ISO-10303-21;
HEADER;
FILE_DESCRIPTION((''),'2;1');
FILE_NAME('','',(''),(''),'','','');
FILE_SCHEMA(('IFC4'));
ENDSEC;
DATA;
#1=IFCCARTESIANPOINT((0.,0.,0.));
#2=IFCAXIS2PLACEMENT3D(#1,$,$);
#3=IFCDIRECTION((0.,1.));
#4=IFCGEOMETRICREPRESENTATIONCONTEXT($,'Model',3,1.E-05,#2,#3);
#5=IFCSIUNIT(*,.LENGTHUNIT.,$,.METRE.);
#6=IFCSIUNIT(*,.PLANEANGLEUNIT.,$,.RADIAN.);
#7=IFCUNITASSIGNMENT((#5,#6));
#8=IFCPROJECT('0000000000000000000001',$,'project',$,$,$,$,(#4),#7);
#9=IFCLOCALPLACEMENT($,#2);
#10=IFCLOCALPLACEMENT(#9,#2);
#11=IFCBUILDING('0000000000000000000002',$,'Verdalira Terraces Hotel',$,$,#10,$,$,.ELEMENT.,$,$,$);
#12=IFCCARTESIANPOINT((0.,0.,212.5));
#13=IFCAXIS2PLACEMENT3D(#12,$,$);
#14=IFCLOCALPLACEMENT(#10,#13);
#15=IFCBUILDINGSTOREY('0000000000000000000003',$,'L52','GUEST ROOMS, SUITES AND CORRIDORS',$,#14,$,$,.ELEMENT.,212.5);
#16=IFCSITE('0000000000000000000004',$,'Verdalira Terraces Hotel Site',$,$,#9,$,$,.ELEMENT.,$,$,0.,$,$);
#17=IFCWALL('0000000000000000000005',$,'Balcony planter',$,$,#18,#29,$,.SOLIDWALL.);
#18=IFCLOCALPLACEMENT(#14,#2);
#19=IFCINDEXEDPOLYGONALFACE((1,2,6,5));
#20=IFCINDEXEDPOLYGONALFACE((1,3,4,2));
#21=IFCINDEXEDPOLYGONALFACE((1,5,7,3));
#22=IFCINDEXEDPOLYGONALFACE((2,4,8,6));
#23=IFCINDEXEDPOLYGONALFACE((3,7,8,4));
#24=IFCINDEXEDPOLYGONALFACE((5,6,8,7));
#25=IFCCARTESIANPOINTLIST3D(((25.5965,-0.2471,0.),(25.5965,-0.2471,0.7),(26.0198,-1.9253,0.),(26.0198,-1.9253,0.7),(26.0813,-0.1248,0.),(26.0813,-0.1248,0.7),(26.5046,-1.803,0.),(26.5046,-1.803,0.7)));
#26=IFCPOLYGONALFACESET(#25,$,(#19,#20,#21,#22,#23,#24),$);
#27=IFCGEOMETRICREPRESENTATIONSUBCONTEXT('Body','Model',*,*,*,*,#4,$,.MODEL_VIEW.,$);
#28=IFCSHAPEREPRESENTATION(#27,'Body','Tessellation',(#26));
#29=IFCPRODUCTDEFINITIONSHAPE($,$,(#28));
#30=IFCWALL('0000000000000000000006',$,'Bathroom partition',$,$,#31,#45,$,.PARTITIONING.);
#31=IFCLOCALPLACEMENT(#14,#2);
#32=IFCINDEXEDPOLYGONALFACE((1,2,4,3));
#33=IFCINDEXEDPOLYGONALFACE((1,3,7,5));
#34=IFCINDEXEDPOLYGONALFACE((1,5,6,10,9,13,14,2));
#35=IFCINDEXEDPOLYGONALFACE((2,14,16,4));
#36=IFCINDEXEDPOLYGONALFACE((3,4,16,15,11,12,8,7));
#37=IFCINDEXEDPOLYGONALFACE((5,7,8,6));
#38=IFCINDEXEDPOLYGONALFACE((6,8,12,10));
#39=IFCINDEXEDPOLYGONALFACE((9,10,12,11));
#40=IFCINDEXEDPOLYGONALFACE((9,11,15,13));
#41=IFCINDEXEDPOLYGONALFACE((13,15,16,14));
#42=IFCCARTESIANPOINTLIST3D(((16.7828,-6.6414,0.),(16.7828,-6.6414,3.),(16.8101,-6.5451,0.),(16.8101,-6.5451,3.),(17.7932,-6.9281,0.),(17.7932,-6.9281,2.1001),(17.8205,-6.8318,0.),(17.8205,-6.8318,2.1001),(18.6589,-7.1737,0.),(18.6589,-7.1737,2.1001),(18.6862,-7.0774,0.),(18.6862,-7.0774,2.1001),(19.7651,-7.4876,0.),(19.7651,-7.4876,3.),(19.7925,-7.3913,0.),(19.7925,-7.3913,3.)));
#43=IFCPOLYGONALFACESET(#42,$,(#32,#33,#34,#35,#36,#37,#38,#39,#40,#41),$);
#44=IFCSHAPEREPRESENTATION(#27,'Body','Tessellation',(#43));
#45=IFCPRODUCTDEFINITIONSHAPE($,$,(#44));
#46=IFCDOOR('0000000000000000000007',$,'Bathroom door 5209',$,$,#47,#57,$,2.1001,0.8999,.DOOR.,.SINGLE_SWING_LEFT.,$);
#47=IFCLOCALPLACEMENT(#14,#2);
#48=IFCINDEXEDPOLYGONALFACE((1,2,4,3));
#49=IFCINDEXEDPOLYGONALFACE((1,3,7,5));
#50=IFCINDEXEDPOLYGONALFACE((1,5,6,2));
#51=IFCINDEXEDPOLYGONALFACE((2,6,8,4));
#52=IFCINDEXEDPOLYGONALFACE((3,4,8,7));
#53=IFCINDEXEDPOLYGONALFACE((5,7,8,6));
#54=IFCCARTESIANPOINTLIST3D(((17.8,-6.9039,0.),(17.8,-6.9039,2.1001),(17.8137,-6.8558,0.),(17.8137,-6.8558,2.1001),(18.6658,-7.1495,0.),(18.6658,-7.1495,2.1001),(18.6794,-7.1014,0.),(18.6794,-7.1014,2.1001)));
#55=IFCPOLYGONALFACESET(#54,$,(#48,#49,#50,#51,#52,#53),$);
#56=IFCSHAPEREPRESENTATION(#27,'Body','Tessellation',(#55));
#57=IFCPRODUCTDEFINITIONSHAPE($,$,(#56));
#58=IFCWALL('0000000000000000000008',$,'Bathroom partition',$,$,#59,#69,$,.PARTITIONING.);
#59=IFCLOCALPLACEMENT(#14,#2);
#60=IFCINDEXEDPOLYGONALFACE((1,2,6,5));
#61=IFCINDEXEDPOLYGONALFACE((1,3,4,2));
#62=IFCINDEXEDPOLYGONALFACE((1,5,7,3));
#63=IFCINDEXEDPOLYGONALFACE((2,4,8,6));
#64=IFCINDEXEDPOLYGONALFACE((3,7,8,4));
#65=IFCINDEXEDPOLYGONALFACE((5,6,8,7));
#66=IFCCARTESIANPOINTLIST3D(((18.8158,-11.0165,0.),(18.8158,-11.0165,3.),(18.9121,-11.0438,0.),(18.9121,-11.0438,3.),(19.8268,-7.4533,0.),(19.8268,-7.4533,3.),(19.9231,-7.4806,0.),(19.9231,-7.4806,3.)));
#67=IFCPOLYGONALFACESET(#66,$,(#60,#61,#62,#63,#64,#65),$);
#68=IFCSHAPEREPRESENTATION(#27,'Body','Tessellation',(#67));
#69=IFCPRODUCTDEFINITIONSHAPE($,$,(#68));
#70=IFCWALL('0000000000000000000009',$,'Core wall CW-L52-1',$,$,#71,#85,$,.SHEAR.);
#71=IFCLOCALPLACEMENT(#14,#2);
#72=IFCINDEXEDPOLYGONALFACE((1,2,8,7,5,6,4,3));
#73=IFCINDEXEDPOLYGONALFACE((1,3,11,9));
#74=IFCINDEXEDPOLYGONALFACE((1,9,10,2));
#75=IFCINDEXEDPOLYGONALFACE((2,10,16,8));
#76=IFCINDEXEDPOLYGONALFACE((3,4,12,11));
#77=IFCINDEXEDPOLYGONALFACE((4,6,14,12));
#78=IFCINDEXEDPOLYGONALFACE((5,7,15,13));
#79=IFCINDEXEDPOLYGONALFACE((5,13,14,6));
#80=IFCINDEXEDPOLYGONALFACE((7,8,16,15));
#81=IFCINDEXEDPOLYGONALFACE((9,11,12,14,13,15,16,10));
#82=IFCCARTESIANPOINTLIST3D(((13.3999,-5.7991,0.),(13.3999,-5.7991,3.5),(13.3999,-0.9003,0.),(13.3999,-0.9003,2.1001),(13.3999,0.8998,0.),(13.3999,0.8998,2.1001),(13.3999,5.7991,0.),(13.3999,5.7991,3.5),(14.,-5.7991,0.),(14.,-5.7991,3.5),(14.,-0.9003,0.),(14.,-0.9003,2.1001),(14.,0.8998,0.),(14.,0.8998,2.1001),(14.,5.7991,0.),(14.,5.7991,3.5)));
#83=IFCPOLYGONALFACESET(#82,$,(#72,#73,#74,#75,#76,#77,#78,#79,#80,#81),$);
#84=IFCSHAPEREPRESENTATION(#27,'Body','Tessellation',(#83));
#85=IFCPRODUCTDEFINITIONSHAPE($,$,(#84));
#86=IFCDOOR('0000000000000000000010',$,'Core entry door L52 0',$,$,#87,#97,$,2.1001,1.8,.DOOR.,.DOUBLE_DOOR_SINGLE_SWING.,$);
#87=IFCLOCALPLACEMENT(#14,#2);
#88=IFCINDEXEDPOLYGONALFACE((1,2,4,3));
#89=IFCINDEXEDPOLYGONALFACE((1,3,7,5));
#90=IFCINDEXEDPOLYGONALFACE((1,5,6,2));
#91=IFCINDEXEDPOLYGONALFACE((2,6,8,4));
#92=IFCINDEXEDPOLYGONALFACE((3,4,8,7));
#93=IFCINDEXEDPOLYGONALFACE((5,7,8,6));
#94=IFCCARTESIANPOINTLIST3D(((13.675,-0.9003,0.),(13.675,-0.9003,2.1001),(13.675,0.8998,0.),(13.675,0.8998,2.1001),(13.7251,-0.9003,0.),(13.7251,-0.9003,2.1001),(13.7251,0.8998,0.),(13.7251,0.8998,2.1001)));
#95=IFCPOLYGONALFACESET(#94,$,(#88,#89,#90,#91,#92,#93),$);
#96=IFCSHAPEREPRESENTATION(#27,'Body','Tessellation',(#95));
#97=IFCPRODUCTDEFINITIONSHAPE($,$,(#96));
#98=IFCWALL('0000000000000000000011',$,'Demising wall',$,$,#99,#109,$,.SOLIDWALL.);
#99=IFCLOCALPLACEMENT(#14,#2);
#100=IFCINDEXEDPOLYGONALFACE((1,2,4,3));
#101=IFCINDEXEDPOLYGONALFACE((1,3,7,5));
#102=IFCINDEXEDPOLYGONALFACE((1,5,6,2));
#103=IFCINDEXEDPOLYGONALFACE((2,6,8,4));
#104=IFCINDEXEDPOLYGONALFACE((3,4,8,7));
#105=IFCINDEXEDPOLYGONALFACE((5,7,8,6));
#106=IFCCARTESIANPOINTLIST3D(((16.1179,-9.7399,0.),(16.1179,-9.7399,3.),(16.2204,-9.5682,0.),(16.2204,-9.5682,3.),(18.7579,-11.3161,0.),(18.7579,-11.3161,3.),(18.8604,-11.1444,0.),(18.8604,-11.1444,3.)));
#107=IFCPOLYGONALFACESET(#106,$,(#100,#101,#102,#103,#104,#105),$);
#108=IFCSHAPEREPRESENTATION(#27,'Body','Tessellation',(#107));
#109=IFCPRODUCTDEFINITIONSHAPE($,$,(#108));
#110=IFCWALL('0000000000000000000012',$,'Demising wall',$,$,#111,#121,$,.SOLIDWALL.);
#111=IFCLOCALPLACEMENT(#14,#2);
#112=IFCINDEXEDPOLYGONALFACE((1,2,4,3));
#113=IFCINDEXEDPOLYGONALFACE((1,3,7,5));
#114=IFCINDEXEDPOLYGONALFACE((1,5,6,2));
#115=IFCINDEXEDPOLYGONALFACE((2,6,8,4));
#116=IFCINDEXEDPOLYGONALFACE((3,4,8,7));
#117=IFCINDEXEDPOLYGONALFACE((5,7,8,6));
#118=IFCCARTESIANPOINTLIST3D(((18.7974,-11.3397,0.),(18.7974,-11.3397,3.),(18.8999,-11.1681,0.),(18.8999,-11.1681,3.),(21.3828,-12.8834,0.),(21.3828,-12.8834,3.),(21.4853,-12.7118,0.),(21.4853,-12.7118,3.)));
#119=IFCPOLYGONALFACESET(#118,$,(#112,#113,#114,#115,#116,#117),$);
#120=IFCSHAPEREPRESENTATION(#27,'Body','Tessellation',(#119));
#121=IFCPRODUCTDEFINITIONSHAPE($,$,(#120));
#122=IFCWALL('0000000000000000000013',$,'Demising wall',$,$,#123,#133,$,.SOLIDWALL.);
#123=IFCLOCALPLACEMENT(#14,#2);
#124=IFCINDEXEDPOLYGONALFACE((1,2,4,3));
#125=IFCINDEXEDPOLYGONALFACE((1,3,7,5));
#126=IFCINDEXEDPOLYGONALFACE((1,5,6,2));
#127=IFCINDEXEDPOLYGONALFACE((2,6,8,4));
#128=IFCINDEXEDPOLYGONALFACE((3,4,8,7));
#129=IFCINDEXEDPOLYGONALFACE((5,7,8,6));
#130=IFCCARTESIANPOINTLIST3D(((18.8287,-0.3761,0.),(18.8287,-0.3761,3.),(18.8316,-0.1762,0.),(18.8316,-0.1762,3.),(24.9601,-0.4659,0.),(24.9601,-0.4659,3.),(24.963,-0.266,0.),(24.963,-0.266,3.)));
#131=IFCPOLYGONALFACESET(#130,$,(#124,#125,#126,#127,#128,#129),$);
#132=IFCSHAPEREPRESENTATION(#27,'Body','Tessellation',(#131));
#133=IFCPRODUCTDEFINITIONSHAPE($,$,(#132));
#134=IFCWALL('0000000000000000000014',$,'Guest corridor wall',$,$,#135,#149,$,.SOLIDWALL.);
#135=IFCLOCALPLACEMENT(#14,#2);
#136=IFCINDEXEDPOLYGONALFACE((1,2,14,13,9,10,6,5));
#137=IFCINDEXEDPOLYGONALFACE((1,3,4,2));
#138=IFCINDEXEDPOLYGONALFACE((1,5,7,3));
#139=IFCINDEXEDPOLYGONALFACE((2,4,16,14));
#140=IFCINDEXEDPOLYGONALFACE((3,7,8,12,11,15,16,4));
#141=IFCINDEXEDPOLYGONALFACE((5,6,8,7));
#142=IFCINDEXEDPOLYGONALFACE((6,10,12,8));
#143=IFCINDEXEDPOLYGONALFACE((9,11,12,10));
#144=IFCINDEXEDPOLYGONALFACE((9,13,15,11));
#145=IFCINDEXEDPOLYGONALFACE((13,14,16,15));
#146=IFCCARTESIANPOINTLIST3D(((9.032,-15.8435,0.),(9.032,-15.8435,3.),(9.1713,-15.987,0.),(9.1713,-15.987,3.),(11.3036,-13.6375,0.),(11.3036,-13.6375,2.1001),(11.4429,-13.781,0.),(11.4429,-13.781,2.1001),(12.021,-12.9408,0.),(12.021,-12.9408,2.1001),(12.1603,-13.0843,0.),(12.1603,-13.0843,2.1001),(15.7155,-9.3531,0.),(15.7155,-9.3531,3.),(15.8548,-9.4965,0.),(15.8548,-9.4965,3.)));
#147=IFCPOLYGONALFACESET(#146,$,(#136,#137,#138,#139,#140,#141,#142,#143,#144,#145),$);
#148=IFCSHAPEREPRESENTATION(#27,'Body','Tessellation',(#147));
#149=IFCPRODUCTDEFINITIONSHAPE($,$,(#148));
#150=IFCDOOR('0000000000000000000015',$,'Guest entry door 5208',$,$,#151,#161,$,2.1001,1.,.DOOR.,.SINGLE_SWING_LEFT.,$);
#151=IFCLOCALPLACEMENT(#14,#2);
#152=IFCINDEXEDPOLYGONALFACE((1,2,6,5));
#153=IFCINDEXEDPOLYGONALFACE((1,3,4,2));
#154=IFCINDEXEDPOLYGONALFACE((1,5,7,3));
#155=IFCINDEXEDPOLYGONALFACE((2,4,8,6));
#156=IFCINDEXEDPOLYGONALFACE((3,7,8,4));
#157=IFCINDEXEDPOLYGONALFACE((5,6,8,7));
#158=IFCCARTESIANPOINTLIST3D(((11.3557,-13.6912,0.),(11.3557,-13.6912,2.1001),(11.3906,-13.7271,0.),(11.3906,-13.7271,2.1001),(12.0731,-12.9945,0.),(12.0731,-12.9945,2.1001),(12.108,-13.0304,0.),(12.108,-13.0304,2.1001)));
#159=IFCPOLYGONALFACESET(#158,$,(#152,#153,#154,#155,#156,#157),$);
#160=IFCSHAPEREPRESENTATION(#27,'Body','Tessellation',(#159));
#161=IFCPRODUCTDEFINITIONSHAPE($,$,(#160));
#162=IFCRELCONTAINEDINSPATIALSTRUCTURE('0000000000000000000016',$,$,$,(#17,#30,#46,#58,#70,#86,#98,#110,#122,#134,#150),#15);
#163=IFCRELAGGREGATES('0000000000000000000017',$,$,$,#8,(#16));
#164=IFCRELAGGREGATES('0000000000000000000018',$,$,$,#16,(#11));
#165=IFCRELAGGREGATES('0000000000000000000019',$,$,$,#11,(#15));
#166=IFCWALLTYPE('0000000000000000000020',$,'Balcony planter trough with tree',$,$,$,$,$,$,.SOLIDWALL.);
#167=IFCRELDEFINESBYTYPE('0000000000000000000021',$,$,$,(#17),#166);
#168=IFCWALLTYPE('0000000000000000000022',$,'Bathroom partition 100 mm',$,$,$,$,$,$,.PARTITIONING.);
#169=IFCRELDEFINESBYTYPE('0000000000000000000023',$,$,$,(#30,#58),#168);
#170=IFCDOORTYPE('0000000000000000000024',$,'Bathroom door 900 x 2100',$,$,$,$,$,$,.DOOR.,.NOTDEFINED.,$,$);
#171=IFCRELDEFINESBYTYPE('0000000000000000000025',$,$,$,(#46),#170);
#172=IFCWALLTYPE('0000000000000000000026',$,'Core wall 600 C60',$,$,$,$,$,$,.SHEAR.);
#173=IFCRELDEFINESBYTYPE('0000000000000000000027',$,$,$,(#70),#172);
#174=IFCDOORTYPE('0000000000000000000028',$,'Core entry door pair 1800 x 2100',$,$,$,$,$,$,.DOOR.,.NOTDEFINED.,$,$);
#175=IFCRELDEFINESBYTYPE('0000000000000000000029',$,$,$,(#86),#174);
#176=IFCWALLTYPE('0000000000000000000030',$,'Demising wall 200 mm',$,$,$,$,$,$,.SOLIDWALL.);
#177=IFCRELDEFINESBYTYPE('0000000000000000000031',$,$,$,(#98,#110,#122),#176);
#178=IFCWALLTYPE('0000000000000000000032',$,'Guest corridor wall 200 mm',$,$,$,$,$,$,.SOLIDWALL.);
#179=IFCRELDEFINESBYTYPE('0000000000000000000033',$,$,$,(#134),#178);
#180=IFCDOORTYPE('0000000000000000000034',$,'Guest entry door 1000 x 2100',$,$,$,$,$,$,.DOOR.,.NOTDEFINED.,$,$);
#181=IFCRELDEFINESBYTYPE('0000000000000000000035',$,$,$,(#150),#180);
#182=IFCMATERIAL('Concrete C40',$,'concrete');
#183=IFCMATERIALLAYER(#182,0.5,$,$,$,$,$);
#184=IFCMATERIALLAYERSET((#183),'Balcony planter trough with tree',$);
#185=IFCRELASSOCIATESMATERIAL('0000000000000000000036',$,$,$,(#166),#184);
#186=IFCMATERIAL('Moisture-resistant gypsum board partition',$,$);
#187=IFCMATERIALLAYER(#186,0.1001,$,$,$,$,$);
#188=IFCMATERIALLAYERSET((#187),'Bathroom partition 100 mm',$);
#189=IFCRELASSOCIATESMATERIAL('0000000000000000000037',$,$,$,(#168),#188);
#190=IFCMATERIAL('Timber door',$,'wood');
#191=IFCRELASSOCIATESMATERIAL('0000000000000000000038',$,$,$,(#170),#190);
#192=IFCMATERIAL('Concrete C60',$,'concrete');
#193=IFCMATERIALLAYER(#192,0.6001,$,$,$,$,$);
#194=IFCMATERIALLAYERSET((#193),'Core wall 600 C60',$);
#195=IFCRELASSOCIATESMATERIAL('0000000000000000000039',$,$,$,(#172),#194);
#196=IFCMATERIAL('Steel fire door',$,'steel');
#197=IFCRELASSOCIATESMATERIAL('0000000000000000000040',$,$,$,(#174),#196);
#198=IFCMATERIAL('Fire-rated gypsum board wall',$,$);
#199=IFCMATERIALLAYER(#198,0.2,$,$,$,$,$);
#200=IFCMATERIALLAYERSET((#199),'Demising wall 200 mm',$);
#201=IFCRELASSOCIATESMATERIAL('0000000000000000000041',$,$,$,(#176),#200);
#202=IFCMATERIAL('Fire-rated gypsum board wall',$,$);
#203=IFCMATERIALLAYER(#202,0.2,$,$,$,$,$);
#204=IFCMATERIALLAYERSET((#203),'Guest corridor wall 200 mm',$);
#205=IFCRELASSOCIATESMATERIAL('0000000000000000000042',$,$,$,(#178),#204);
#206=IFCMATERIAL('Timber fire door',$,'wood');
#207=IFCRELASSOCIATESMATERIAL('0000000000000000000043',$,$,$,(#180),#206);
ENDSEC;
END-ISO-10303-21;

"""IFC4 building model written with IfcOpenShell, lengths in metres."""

from ifc_helpers import new_model, si_unit, direction, frame, frame_2d, origin, place, context, subcontext, project, spatial, rectangle, extrude, material, layer, layer_set, type_object, element, fill, save


model = new_model("IFC4")

# Units and contexts
model_context = context("Model", 3, precision=1e-05, world=origin(), true_north=direction((0.0, 1.0)))
body_context = subcontext(model_context, "Body", "Model", "MODEL_VIEW")
ifc_project = project(units=[si_unit("LENGTHUNIT", "METRE"), si_unit("PLANEANGLEUNIT", "RADIAN")], contexts=[model_context])

# Site, building, storey
site_placement = place(None, origin())
site = spatial("IfcSite", under=ifc_project, at=site_placement, Name="Verdalira Terraces Hotel Site", CompositionType="ELEMENT", RefElevation=0.0)
building_placement = place(site_placement, origin())
building = spatial("IfcBuilding", under=site, at=building_placement, Name="Verdalira Terraces Hotel", CompositionType="ELEMENT")
storey_placement = place(building_placement, frame((0.0, 0.0, 212.5)))
storey = spatial("IfcBuildingStorey", under=building, at=storey_placement, Name="L52", Description="GUEST ROOMS, SUITES AND CORRIDORS", CompositionType="ELEMENT", Elevation=212.5)

# Wall
ifc_material_1 = material(Name="Concrete C40", Category="concrete")
ifc_layer_1 = layer(ifc_material_1, 0.5)
ifc_layer_set_1 = layer_set([ifc_layer_1], Name="Balcony planter trough with tree")
wall_type_1 = type_object("IfcWallType", Name="Balcony planter trough with tree", PredefinedType="SOLIDWALL", material=ifc_layer_set_1)
wall_1_placement = place(storey_placement, frame((26.2622, -1.864, 0.0), z_axis=(0.0, 0.0, 1.0), x_axis=(-0.244593, 0.969626, 0.0)))
element("IfcWall", 1, at=wall_1_placement, inside=storey, type_object=wall_type_1, Name="Balcony planter", PredefinedType="SOLIDWALL", context=body_context, shape_type="SweptSolid", body=[
    extrude(rectangle(XDim=1.7307, YDim=0.5, at=frame_2d((0.8652, 0.0))), origin(), (0.0, 0.0, 1.0), 0.7),
])

# Wall, opening, door
ifc_material_2 = material(Name="Moisture-resistant gypsum board partition")
ifc_layer_2 = layer(ifc_material_2, 0.1001)
ifc_layer_set_2 = layer_set([ifc_layer_2], Name="Bathroom partition 100 mm")
wall_type_2 = type_object("IfcWallType", Name="Bathroom partition 100 mm", PredefinedType="PARTITIONING", material=ifc_layer_set_2)
wall_2_placement = place(storey_placement, frame((19.7788, -7.4395, 0.0), z_axis=(0.0, 0.0, 1.0), x_axis=(-0.962028, 0.272952, 0.0)))
wall_2 = element("IfcWall", 2, at=wall_2_placement, inside=storey, type_object=wall_type_2, Name="Bathroom partition", PredefinedType="PARTITIONING", context=body_context, shape_type="SweptSolid", body=[
    extrude(rectangle(XDim=3.1001, YDim=0.1001, at=frame_2d((1.55, 0.0))), origin(), (0.0, 0.0, 1.0), 3.0),
])
opening_1_placement = place(wall_2_placement, frame((1.1499, 0.0, 0.0)))
opening_1 = element("IfcOpeningElement", 3, at=opening_1_placement, cuts=wall_2, PredefinedType="OPENING", context=body_context, shape_type="SweptSolid", body=[
    extrude(rectangle(XDim=0.8999, YDim=2.1001, at=frame_2d((0.45, 1.05))), frame((0.0, 0.0601, 0.0), z_axis=(0.0, -1.0, 0.0), x_axis=(1.0, 0.0, 0.0)), (0.0, 0.0, 1.0), 0.1201),
])
ifc_material_3 = material(Name="Timber door", Category="wood")
door_type_1 = type_object("IfcDoorType", Name="Bathroom door 900 x 2100", OperationType="NOTDEFINED", PredefinedType="DOOR", material=ifc_material_3)
door_1_placement = place(opening_1_placement, origin())
door_1 = element("IfcDoor", 4, at=door_1_placement, inside=storey, type_object=door_type_1, Name="Bathroom door 5209", OperationType="SINGLE_SWING_LEFT", OverallHeight=2.1001, OverallWidth=0.8999, PredefinedType="DOOR", context=body_context, shape_type="SweptSolid", body=[
    extrude(rectangle(XDim=0.8999, YDim=2.1001, at=frame_2d((0.45, 1.05))), frame((0.0, 0.0249, 0.0), z_axis=(0.0, -1.0, 0.0), x_axis=(1.0, 0.0, 0.0)), (0.0, 0.0, 1.0), 0.05),
])
fill(opening_1, door_1)

# Wall
wall_3_placement = place(storey_placement, frame((19.875, -7.4668, 0.0), z_axis=(0.0, 0.0, 1.0), x_axis=(-0.272953, -0.962027, 0.0)))
element("IfcWall", 5, at=wall_3_placement, inside=storey, type_object=wall_type_2, Name="Bathroom partition", PredefinedType="PARTITIONING", context=body_context, shape_type="SweptSolid", body=[
    extrude(rectangle(XDim=3.7039, YDim=0.1001, at=frame_2d((1.8521, 0.0))), origin(), (0.0, 0.0, 1.0), 3.0),
])

# Wall, opening, door
ifc_material_4 = material(Name="Concrete C60", Category="concrete")
ifc_layer_3 = layer(ifc_material_4, 0.6001)
ifc_layer_set_3 = layer_set([ifc_layer_3], Name="Core wall 600 C60")
wall_type_3 = type_object("IfcWallType", Name="Core wall 600 C60", PredefinedType="SHEAR", material=ifc_layer_set_3)
wall_4_placement = place(storey_placement, frame((13.7, -5.7991, 0.0), z_axis=(0.0, 0.0, 1.0), x_axis=(0.0, 1.0, 0.0)))
wall_4 = element("IfcWall", 6, at=wall_4_placement, inside=storey, type_object=wall_type_3, Name="Core wall CW-L52-1", PredefinedType="SHEAR", context=body_context, shape_type="SweptSolid", body=[
    extrude(rectangle(XDim=11.5981, YDim=0.6001, at=frame_2d((5.7991, 0.0))), origin(), (0.0, 0.0, 1.0), 3.5),
])
opening_2_placement = place(wall_4_placement, frame((4.8989, 0.0, 0.0)))
opening_2 = element("IfcOpeningElement", 7, at=opening_2_placement, cuts=wall_4, PredefinedType="OPENING", context=body_context, shape_type="SweptSolid", body=[
    extrude(rectangle(XDim=1.8, YDim=2.1001, at=frame_2d((0.8999, 1.05))), frame((0.0, 0.3101, 0.0), z_axis=(0.0, -1.0, 0.0), x_axis=(1.0, 0.0, 0.0)), (0.0, 0.0, 1.0), 0.6201),
])
ifc_material_5 = material(Name="Steel fire door", Category="steel")
door_type_2 = type_object("IfcDoorType", Name="Core entry door pair 1800 x 2100", OperationType="NOTDEFINED", PredefinedType="DOOR", material=ifc_material_5)
door_2_placement = place(opening_2_placement, origin())
door_2 = element("IfcDoor", 8, at=door_2_placement, inside=storey, type_object=door_type_2, Name="Core entry door L52 0", OperationType="DOUBLE_DOOR_SINGLE_SWING", OverallHeight=2.1001, OverallWidth=1.8, PredefinedType="DOOR", context=body_context, shape_type="SweptSolid", body=[
    extrude(rectangle(XDim=1.8, YDim=2.1001, at=frame_2d((0.8999, 1.05))), frame((0.0, 0.0249, 0.0), z_axis=(0.0, -1.0, 0.0), x_axis=(1.0, 0.0, 0.0)), (0.0, 0.0, 1.0), 0.05),
])
fill(opening_2, door_2)

# Walls
ifc_material_6 = material(Name="Fire-rated gypsum board wall")
ifc_layer_4 = layer(ifc_material_6, 0.2)
ifc_layer_set_4 = layer_set([ifc_layer_4], Name="Demising wall 200 mm")
wall_type_4 = type_object("IfcWallType", Name="Demising wall 200 mm", PredefinedType="SOLIDWALL", material=ifc_layer_set_4)
wall_5_placement = place(storey_placement, frame((16.1692, -9.6541, 0.0), z_axis=(0.0, 0.0, 1.0), x_axis=(0.858605, -0.512638, 0.0)))
element("IfcWall", 9, at=wall_5_placement, inside=storey, type_object=wall_type_4, Name="Demising wall", PredefinedType="SOLIDWALL", context=body_context, shape_type="SweptSolid", body=[
    extrude(rectangle(XDim=3.0747, YDim=0.2, at=frame_2d((1.5374, 0.0))), origin(), (0.0, 0.0, 1.0), 3.0),
])
wall_6_placement = place(storey_placement, frame((18.8486, -11.2539, 0.0), z_axis=(0.0, 0.0, 1.0), x_axis=(0.8586, -0.512646, 0.0)))
element("IfcWall", 10, at=wall_6_placement, inside=storey, type_object=wall_type_4, Name="Demising wall", PredefinedType="SOLIDWALL", context=body_context, shape_type="SweptSolid", body=[
    extrude(rectangle(XDim=3.0112, YDim=0.2, at=frame_2d((1.5056, 0.0))), origin(), (0.0, 0.0, 1.0), 3.0),
])
wall_7_placement = place(storey_placement, frame((24.9614, -0.366, 0.0), z_axis=(0.0, 0.0, 1.0), x_axis=(-0.999893, 0.014652, 0.0)))
element("IfcWall", 11, at=wall_7_placement, inside=storey, type_object=wall_type_4, Name="Demising wall", PredefinedType="SOLIDWALL", context=body_context, shape_type="SweptSolid", body=[
    extrude(rectangle(XDim=6.1321, YDim=0.2, at=frame_2d((3.0659, 0.0))), origin(), (0.0, 0.0, 1.0), 3.0),
])

# Wall, opening, door
ifc_material_7 = material(Name="Fire-rated gypsum board wall")
ifc_layer_5 = layer(ifc_material_7, 0.2)
ifc_layer_set_5 = layer_set([ifc_layer_5], Name="Guest corridor wall 200 mm")
wall_type_5 = type_object("IfcWallType", Name="Guest corridor wall 200 mm", PredefinedType="SOLIDWALL", material=ifc_layer_set_5)
wall_8_placement = place(storey_placement, frame((15.7852, -9.4248, 0.0), z_axis=(0.0, 0.0, 1.0), x_axis=(-0.717395, -0.696667, 0.0)))
wall_8 = element("IfcWall", 12, at=wall_8_placement, inside=storey, type_object=wall_type_5, Name="Guest corridor wall", PredefinedType="SOLIDWALL", context=body_context, shape_type="SweptSolid", body=[
    extrude(rectangle(XDim=9.3164, YDim=0.2, at=frame_2d((4.6582, 0.0))), origin(), (0.0, 0.0, 1.0), 3.0),
])
opening_3_placement = place(wall_8_placement, frame((5.1499, 0.0, 0.0)))
opening_3 = element("IfcOpeningElement", 13, at=opening_3_placement, cuts=wall_8, PredefinedType="OPENING", context=body_context, shape_type="SweptSolid", body=[
    extrude(rectangle(XDim=1.0, YDim=2.1001, at=frame_2d((0.5, 1.05))), frame((0.0, 0.1099, 0.0), z_axis=(0.0, -1.0, 0.0), x_axis=(1.0, 0.0, 0.0)), (0.0, 0.0, 1.0), 0.22),
])
ifc_material_8 = material(Name="Timber fire door", Category="wood")
door_type_3 = type_object("IfcDoorType", Name="Guest entry door 1000 x 2100", OperationType="NOTDEFINED", PredefinedType="DOOR", material=ifc_material_8)
door_3_placement = place(opening_3_placement, origin())
door_3 = element("IfcDoor", 14, at=door_3_placement, inside=storey, type_object=door_type_3, Name="Guest entry door 5208", OperationType="SINGLE_SWING_LEFT", OverallHeight=2.1001, OverallWidth=1.0, PredefinedType="DOOR", context=body_context, shape_type="SweptSolid", body=[
    extrude(rectangle(XDim=1.0, YDim=2.1001, at=frame_2d((0.5, 1.05))), frame((0.0, 0.0249, 0.0), z_axis=(0.0, -1.0, 0.0), x_axis=(1.0, 0.0, 0.0)), (0.0, 0.0, 1.0), 0.05),
])
fill(opening_3, door_3)

save(model, "model.ifc")
